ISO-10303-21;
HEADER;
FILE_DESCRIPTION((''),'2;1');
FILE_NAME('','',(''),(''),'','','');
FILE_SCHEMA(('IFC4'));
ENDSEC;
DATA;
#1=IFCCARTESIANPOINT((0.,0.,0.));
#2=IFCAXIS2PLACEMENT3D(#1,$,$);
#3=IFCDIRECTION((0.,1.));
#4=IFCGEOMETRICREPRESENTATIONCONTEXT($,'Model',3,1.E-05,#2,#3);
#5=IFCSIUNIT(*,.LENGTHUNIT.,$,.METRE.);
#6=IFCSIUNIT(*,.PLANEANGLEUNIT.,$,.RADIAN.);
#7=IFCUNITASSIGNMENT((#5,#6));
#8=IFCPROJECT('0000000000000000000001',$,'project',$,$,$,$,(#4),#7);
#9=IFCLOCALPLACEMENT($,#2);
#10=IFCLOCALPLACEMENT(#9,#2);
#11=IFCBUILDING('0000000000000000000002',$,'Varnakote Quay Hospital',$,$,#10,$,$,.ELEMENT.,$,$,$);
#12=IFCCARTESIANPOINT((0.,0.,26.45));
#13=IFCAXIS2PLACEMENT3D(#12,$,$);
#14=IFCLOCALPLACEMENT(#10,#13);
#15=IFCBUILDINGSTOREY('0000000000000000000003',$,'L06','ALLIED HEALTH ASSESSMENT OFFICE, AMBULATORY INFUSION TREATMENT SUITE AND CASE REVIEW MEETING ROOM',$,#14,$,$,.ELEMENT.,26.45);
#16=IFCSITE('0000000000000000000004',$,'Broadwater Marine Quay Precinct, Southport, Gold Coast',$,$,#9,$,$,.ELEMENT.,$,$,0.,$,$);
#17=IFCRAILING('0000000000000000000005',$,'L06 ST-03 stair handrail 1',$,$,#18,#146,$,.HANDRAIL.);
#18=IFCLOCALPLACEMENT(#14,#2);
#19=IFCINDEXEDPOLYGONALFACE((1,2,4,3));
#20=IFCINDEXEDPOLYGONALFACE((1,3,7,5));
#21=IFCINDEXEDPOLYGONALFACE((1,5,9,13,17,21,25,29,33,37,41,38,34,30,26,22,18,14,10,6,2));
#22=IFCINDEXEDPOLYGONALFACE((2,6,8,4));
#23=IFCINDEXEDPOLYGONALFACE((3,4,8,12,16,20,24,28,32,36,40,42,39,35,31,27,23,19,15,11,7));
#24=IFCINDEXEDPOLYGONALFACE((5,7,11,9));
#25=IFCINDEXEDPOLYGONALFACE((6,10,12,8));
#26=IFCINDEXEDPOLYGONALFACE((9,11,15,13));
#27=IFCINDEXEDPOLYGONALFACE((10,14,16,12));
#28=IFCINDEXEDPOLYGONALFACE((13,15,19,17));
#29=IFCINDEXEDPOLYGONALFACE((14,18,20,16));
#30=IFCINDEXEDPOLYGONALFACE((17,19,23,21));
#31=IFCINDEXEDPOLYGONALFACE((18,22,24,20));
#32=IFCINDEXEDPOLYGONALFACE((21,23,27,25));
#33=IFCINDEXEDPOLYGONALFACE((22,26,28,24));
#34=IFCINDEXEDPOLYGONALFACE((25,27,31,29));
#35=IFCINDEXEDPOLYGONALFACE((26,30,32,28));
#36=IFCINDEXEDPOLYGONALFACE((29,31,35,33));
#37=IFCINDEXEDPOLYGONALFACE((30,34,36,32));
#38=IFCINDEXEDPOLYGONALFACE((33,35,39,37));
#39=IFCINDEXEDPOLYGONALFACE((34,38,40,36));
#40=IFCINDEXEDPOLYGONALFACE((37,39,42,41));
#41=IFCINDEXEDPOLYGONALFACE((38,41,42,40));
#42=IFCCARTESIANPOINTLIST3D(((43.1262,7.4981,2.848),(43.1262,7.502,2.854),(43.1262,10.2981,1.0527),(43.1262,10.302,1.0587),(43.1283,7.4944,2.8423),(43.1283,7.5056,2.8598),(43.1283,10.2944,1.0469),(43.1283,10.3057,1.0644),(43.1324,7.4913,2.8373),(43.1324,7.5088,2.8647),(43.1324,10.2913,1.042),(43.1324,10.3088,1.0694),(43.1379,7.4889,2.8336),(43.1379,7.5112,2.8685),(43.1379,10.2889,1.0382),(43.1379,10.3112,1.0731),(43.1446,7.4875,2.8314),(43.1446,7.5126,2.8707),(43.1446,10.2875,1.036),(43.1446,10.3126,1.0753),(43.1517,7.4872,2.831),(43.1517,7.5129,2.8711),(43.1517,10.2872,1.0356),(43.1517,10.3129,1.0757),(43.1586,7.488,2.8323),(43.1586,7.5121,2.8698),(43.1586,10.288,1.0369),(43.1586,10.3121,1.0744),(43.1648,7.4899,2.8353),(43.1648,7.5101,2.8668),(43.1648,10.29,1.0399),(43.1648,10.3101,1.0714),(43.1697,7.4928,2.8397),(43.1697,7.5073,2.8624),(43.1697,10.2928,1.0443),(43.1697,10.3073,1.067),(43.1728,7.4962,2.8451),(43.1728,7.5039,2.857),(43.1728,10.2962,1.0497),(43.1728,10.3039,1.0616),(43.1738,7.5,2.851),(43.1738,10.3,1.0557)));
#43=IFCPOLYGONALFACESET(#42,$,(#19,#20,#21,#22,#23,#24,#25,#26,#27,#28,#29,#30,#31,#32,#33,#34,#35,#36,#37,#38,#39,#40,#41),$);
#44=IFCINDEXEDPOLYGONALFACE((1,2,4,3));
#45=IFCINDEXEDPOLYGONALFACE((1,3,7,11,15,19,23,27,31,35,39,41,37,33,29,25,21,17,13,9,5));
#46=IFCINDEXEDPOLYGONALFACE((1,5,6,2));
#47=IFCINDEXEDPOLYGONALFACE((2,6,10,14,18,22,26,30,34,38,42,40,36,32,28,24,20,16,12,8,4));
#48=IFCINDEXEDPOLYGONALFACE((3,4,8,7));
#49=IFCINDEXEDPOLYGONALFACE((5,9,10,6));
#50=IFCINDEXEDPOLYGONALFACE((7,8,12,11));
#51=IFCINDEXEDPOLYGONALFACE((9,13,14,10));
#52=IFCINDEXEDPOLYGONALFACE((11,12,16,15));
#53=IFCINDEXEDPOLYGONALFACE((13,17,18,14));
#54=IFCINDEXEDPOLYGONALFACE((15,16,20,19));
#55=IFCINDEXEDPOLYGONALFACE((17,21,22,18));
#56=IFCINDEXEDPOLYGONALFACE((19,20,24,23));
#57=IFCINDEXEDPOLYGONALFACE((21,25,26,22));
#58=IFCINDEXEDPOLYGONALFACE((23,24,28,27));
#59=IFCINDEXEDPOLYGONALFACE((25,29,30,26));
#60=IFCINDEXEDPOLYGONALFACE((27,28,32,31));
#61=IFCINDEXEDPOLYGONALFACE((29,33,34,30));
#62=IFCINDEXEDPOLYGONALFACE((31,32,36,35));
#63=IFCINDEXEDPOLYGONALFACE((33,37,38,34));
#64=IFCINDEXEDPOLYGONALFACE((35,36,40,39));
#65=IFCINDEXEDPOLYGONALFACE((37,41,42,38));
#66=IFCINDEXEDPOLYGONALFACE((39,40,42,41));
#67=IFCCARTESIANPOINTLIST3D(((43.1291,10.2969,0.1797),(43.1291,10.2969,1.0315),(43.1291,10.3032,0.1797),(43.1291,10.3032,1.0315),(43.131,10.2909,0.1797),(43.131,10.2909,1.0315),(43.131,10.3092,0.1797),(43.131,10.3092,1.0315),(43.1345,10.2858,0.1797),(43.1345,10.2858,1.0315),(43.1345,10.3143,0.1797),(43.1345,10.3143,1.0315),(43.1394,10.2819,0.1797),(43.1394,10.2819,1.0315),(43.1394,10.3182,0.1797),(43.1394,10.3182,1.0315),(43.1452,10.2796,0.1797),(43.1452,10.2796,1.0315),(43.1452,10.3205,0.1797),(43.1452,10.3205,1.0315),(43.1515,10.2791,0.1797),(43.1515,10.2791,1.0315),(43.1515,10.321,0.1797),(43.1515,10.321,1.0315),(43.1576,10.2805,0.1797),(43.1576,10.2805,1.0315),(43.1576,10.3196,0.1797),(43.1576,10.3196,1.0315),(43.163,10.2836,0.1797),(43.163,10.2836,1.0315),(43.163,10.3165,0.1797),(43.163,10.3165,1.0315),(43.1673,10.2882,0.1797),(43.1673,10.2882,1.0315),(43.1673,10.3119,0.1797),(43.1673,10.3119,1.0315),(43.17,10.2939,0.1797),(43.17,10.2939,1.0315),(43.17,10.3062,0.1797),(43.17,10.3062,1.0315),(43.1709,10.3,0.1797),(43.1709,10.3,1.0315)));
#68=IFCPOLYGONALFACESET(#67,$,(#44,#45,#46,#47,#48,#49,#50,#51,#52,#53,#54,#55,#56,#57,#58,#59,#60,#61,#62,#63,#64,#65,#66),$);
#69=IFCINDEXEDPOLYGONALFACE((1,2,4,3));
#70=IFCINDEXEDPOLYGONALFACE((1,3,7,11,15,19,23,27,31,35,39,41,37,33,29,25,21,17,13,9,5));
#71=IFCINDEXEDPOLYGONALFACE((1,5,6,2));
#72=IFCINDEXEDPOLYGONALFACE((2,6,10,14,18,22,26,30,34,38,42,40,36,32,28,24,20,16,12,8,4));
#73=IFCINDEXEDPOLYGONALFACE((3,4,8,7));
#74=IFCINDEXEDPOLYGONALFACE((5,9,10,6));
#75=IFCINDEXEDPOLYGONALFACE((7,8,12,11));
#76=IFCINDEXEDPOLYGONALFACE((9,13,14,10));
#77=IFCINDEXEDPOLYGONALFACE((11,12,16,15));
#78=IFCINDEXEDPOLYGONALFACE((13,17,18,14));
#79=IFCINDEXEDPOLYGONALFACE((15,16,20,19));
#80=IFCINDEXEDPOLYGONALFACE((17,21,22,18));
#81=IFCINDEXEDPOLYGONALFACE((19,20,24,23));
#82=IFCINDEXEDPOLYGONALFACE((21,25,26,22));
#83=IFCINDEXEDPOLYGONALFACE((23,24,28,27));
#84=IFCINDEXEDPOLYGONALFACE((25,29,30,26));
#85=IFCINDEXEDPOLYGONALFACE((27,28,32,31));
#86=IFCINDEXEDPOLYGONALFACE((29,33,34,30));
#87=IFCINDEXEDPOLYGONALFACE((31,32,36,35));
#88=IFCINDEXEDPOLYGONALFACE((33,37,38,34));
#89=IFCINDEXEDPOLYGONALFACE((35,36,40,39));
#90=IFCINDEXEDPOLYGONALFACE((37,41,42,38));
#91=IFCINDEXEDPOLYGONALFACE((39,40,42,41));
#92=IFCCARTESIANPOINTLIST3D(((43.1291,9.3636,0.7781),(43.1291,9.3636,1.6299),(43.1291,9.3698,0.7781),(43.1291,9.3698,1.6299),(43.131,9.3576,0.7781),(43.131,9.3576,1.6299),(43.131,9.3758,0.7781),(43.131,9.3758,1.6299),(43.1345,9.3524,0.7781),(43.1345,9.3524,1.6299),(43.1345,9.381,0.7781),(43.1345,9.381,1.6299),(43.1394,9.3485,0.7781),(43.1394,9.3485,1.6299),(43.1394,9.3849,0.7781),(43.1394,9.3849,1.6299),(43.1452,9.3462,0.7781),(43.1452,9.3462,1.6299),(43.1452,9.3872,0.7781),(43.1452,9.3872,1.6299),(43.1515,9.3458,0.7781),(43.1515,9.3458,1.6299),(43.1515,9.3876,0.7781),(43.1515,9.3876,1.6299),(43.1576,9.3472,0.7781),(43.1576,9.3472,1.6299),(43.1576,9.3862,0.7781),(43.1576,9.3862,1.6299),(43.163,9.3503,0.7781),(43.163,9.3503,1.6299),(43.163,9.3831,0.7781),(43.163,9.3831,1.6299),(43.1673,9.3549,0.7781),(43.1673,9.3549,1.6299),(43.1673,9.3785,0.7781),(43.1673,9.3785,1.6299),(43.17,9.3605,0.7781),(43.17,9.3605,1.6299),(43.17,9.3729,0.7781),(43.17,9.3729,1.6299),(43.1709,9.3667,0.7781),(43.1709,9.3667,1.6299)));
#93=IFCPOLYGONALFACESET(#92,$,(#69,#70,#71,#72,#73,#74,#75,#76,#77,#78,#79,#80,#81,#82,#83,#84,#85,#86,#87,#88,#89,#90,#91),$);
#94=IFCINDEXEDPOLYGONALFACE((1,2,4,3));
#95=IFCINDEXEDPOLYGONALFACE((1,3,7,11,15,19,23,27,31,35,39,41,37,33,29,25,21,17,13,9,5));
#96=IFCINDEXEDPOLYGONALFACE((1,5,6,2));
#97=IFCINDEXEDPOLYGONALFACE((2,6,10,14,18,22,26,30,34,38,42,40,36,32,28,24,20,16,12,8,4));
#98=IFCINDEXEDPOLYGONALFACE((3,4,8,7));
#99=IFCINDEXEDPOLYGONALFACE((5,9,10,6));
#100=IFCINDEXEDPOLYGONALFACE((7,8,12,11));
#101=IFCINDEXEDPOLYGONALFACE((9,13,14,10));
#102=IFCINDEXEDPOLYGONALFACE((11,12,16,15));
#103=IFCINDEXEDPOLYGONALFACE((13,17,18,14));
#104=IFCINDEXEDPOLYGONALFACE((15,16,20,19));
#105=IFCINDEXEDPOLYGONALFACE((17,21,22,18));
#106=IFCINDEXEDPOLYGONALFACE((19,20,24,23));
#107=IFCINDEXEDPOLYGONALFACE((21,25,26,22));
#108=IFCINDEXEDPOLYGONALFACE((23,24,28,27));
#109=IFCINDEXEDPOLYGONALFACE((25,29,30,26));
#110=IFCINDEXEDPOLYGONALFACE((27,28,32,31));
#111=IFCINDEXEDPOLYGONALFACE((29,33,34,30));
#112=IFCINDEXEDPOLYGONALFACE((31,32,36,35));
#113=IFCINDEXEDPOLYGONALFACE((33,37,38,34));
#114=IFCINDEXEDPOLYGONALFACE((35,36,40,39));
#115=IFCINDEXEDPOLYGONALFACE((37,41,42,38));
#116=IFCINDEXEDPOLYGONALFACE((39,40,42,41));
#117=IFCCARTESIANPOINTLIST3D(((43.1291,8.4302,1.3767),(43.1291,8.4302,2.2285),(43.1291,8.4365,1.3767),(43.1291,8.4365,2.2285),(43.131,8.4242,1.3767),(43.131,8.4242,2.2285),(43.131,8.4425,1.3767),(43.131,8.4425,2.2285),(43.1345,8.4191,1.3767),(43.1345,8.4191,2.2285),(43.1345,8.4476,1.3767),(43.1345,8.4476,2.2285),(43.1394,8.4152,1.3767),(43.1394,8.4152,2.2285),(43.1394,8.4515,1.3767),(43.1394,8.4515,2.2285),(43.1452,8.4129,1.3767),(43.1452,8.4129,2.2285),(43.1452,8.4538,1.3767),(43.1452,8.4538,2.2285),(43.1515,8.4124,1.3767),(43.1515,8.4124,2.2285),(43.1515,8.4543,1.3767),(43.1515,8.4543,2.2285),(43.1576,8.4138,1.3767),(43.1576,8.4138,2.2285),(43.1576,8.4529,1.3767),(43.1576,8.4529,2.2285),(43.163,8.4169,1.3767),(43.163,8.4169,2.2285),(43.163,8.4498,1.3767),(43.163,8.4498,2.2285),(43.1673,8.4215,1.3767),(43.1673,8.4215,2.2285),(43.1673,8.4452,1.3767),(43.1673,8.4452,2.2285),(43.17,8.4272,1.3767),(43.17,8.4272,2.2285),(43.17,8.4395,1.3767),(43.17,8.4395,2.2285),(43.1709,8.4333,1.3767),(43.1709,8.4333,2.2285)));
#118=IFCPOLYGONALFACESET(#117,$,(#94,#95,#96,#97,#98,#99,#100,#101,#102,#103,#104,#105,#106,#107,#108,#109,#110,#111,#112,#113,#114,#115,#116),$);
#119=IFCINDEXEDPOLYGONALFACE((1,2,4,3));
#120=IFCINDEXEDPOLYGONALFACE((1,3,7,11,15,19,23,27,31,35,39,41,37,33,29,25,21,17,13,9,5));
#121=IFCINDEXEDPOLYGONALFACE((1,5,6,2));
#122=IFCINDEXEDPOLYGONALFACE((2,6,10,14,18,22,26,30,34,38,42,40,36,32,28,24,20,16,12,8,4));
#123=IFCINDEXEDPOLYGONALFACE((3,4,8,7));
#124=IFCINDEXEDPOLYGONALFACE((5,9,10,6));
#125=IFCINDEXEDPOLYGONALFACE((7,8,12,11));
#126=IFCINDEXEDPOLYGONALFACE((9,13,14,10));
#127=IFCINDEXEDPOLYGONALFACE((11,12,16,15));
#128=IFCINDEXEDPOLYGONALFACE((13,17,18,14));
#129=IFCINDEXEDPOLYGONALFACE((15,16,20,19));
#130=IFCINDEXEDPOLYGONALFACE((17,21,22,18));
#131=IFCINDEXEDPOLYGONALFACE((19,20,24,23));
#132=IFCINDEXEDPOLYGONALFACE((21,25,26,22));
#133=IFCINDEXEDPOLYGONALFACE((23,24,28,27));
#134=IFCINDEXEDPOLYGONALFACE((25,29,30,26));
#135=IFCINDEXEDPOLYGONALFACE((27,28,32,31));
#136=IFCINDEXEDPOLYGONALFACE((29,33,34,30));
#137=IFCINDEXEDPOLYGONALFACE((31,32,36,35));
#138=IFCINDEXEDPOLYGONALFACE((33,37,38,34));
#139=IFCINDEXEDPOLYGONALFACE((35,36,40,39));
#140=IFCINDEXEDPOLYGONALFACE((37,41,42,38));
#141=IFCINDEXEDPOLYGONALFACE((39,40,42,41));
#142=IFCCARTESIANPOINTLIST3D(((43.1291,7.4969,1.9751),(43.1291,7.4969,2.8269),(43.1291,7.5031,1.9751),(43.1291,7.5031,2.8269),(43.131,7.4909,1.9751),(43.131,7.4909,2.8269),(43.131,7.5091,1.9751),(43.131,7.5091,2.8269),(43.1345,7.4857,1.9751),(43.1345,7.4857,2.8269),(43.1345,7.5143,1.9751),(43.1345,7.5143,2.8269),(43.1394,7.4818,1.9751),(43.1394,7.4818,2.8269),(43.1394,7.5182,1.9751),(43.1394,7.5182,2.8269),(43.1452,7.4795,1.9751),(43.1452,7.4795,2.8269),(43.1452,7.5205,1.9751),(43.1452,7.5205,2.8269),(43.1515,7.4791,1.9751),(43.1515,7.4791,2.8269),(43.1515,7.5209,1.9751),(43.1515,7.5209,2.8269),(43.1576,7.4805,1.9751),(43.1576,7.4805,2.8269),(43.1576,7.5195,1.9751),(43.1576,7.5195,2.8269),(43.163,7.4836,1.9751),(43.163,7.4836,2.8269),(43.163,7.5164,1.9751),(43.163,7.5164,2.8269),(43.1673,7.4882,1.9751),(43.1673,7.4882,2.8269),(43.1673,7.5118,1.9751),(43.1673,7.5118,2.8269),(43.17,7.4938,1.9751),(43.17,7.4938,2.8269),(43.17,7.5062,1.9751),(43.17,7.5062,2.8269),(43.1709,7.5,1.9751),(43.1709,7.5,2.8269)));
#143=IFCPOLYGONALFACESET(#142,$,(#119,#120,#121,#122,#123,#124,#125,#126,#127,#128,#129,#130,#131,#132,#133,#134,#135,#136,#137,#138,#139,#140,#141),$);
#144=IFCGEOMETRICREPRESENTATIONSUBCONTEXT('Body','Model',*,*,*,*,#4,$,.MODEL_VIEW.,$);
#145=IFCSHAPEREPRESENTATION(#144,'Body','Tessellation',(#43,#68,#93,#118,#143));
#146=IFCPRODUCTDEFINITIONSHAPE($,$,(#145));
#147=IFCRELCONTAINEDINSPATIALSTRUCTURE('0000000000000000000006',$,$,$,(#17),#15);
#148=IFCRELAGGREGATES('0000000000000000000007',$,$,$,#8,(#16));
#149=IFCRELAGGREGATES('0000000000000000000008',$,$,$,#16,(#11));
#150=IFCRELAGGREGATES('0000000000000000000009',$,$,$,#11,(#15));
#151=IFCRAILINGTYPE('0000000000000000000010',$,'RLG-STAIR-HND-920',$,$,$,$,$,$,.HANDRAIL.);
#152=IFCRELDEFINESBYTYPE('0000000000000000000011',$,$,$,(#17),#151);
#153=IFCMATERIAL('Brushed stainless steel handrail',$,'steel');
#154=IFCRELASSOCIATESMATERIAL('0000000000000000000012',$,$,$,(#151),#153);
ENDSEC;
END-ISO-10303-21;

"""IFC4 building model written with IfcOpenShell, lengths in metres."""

from ifc_helpers import new_model, si_unit, direction, frame, origin, origin_2d, place, context, subcontext, project, spatial, circle, extrude, material, type_object, element, save


model = new_model("IFC4")

# Units and contexts
model_context = context("Model", 3, precision=1e-05, world=origin(), true_north=direction((0.0, 1.0)))
body_context = subcontext(model_context, "Body", "Model", "MODEL_VIEW")
ifc_project = project(units=[si_unit("LENGTHUNIT", "METRE"), si_unit("PLANEANGLEUNIT", "RADIAN")], contexts=[model_context])

# Site, building, storey
site_placement = place(None, origin())
site = spatial("IfcSite", under=ifc_project, at=site_placement, Name="Broadwater Marine Quay Precinct, Southport, Gold Coast", CompositionType="ELEMENT", RefElevation=0.0)
building_placement = place(site_placement, origin())
building = spatial("IfcBuilding", under=site, at=building_placement, Name="Varnakote Quay Hospital", CompositionType="ELEMENT")
storey_placement = place(building_placement, frame((0.0, 0.0, 26.45)))
storey = spatial("IfcBuildingStorey", under=building, at=storey_placement, Name="L06", Description="ALLIED HEALTH ASSESSMENT OFFICE, AMBULATORY INFUSION TREATMENT SUITE AND CASE REVIEW MEETING ROOM", CompositionType="ELEMENT", Elevation=26.45)

# Railing
ifc_material_1 = material(Name="Brushed stainless steel handrail", Category="steel")
railing_type_1 = type_object("IfcRailingType", Name="RLG-STAIR-HND-920", PredefinedType="HANDRAIL", material=ifc_material_1)
railing_1_placement = place(storey_placement, frame((43.1499, 10.3, 0.1797)))
element("IfcRailing", 1, at=railing_1_placement, inside=storey, type_object=railing_type_1, Name="L06 ST-03 stair handrail 1", PredefinedType="HANDRAIL", context=body_context, shape_type="SweptSolid", body=[
    extrude(circle(Radius=0.0239, at=origin_2d()), frame((0.0, 0.0, 0.876), z_axis=(0.0, -0.84181, 0.539774), x_axis=(1.0, 0.0, 0.0)), (0.0, 0.0, 1.0), 3.3262),
    extrude(circle(Radius=0.021, at=origin_2d()), origin(), (0.0, 0.0, 1.0), 0.8518),
    extrude(circle(Radius=0.021, at=origin_2d()), frame((0.0, -0.9333, 0.5984)), (0.0, 0.0, 1.0), 0.8518),
    extrude(circle(Radius=0.021, at=origin_2d()), frame((0.0, -1.8667, 1.197)), (0.0, 0.0, 1.0), 0.8518),
    extrude(circle(Radius=0.021, at=origin_2d()), frame((0.0, -2.8, 1.7954)), (0.0, 0.0, 1.0), 0.8518),
])

save(model, "model.ifc")
